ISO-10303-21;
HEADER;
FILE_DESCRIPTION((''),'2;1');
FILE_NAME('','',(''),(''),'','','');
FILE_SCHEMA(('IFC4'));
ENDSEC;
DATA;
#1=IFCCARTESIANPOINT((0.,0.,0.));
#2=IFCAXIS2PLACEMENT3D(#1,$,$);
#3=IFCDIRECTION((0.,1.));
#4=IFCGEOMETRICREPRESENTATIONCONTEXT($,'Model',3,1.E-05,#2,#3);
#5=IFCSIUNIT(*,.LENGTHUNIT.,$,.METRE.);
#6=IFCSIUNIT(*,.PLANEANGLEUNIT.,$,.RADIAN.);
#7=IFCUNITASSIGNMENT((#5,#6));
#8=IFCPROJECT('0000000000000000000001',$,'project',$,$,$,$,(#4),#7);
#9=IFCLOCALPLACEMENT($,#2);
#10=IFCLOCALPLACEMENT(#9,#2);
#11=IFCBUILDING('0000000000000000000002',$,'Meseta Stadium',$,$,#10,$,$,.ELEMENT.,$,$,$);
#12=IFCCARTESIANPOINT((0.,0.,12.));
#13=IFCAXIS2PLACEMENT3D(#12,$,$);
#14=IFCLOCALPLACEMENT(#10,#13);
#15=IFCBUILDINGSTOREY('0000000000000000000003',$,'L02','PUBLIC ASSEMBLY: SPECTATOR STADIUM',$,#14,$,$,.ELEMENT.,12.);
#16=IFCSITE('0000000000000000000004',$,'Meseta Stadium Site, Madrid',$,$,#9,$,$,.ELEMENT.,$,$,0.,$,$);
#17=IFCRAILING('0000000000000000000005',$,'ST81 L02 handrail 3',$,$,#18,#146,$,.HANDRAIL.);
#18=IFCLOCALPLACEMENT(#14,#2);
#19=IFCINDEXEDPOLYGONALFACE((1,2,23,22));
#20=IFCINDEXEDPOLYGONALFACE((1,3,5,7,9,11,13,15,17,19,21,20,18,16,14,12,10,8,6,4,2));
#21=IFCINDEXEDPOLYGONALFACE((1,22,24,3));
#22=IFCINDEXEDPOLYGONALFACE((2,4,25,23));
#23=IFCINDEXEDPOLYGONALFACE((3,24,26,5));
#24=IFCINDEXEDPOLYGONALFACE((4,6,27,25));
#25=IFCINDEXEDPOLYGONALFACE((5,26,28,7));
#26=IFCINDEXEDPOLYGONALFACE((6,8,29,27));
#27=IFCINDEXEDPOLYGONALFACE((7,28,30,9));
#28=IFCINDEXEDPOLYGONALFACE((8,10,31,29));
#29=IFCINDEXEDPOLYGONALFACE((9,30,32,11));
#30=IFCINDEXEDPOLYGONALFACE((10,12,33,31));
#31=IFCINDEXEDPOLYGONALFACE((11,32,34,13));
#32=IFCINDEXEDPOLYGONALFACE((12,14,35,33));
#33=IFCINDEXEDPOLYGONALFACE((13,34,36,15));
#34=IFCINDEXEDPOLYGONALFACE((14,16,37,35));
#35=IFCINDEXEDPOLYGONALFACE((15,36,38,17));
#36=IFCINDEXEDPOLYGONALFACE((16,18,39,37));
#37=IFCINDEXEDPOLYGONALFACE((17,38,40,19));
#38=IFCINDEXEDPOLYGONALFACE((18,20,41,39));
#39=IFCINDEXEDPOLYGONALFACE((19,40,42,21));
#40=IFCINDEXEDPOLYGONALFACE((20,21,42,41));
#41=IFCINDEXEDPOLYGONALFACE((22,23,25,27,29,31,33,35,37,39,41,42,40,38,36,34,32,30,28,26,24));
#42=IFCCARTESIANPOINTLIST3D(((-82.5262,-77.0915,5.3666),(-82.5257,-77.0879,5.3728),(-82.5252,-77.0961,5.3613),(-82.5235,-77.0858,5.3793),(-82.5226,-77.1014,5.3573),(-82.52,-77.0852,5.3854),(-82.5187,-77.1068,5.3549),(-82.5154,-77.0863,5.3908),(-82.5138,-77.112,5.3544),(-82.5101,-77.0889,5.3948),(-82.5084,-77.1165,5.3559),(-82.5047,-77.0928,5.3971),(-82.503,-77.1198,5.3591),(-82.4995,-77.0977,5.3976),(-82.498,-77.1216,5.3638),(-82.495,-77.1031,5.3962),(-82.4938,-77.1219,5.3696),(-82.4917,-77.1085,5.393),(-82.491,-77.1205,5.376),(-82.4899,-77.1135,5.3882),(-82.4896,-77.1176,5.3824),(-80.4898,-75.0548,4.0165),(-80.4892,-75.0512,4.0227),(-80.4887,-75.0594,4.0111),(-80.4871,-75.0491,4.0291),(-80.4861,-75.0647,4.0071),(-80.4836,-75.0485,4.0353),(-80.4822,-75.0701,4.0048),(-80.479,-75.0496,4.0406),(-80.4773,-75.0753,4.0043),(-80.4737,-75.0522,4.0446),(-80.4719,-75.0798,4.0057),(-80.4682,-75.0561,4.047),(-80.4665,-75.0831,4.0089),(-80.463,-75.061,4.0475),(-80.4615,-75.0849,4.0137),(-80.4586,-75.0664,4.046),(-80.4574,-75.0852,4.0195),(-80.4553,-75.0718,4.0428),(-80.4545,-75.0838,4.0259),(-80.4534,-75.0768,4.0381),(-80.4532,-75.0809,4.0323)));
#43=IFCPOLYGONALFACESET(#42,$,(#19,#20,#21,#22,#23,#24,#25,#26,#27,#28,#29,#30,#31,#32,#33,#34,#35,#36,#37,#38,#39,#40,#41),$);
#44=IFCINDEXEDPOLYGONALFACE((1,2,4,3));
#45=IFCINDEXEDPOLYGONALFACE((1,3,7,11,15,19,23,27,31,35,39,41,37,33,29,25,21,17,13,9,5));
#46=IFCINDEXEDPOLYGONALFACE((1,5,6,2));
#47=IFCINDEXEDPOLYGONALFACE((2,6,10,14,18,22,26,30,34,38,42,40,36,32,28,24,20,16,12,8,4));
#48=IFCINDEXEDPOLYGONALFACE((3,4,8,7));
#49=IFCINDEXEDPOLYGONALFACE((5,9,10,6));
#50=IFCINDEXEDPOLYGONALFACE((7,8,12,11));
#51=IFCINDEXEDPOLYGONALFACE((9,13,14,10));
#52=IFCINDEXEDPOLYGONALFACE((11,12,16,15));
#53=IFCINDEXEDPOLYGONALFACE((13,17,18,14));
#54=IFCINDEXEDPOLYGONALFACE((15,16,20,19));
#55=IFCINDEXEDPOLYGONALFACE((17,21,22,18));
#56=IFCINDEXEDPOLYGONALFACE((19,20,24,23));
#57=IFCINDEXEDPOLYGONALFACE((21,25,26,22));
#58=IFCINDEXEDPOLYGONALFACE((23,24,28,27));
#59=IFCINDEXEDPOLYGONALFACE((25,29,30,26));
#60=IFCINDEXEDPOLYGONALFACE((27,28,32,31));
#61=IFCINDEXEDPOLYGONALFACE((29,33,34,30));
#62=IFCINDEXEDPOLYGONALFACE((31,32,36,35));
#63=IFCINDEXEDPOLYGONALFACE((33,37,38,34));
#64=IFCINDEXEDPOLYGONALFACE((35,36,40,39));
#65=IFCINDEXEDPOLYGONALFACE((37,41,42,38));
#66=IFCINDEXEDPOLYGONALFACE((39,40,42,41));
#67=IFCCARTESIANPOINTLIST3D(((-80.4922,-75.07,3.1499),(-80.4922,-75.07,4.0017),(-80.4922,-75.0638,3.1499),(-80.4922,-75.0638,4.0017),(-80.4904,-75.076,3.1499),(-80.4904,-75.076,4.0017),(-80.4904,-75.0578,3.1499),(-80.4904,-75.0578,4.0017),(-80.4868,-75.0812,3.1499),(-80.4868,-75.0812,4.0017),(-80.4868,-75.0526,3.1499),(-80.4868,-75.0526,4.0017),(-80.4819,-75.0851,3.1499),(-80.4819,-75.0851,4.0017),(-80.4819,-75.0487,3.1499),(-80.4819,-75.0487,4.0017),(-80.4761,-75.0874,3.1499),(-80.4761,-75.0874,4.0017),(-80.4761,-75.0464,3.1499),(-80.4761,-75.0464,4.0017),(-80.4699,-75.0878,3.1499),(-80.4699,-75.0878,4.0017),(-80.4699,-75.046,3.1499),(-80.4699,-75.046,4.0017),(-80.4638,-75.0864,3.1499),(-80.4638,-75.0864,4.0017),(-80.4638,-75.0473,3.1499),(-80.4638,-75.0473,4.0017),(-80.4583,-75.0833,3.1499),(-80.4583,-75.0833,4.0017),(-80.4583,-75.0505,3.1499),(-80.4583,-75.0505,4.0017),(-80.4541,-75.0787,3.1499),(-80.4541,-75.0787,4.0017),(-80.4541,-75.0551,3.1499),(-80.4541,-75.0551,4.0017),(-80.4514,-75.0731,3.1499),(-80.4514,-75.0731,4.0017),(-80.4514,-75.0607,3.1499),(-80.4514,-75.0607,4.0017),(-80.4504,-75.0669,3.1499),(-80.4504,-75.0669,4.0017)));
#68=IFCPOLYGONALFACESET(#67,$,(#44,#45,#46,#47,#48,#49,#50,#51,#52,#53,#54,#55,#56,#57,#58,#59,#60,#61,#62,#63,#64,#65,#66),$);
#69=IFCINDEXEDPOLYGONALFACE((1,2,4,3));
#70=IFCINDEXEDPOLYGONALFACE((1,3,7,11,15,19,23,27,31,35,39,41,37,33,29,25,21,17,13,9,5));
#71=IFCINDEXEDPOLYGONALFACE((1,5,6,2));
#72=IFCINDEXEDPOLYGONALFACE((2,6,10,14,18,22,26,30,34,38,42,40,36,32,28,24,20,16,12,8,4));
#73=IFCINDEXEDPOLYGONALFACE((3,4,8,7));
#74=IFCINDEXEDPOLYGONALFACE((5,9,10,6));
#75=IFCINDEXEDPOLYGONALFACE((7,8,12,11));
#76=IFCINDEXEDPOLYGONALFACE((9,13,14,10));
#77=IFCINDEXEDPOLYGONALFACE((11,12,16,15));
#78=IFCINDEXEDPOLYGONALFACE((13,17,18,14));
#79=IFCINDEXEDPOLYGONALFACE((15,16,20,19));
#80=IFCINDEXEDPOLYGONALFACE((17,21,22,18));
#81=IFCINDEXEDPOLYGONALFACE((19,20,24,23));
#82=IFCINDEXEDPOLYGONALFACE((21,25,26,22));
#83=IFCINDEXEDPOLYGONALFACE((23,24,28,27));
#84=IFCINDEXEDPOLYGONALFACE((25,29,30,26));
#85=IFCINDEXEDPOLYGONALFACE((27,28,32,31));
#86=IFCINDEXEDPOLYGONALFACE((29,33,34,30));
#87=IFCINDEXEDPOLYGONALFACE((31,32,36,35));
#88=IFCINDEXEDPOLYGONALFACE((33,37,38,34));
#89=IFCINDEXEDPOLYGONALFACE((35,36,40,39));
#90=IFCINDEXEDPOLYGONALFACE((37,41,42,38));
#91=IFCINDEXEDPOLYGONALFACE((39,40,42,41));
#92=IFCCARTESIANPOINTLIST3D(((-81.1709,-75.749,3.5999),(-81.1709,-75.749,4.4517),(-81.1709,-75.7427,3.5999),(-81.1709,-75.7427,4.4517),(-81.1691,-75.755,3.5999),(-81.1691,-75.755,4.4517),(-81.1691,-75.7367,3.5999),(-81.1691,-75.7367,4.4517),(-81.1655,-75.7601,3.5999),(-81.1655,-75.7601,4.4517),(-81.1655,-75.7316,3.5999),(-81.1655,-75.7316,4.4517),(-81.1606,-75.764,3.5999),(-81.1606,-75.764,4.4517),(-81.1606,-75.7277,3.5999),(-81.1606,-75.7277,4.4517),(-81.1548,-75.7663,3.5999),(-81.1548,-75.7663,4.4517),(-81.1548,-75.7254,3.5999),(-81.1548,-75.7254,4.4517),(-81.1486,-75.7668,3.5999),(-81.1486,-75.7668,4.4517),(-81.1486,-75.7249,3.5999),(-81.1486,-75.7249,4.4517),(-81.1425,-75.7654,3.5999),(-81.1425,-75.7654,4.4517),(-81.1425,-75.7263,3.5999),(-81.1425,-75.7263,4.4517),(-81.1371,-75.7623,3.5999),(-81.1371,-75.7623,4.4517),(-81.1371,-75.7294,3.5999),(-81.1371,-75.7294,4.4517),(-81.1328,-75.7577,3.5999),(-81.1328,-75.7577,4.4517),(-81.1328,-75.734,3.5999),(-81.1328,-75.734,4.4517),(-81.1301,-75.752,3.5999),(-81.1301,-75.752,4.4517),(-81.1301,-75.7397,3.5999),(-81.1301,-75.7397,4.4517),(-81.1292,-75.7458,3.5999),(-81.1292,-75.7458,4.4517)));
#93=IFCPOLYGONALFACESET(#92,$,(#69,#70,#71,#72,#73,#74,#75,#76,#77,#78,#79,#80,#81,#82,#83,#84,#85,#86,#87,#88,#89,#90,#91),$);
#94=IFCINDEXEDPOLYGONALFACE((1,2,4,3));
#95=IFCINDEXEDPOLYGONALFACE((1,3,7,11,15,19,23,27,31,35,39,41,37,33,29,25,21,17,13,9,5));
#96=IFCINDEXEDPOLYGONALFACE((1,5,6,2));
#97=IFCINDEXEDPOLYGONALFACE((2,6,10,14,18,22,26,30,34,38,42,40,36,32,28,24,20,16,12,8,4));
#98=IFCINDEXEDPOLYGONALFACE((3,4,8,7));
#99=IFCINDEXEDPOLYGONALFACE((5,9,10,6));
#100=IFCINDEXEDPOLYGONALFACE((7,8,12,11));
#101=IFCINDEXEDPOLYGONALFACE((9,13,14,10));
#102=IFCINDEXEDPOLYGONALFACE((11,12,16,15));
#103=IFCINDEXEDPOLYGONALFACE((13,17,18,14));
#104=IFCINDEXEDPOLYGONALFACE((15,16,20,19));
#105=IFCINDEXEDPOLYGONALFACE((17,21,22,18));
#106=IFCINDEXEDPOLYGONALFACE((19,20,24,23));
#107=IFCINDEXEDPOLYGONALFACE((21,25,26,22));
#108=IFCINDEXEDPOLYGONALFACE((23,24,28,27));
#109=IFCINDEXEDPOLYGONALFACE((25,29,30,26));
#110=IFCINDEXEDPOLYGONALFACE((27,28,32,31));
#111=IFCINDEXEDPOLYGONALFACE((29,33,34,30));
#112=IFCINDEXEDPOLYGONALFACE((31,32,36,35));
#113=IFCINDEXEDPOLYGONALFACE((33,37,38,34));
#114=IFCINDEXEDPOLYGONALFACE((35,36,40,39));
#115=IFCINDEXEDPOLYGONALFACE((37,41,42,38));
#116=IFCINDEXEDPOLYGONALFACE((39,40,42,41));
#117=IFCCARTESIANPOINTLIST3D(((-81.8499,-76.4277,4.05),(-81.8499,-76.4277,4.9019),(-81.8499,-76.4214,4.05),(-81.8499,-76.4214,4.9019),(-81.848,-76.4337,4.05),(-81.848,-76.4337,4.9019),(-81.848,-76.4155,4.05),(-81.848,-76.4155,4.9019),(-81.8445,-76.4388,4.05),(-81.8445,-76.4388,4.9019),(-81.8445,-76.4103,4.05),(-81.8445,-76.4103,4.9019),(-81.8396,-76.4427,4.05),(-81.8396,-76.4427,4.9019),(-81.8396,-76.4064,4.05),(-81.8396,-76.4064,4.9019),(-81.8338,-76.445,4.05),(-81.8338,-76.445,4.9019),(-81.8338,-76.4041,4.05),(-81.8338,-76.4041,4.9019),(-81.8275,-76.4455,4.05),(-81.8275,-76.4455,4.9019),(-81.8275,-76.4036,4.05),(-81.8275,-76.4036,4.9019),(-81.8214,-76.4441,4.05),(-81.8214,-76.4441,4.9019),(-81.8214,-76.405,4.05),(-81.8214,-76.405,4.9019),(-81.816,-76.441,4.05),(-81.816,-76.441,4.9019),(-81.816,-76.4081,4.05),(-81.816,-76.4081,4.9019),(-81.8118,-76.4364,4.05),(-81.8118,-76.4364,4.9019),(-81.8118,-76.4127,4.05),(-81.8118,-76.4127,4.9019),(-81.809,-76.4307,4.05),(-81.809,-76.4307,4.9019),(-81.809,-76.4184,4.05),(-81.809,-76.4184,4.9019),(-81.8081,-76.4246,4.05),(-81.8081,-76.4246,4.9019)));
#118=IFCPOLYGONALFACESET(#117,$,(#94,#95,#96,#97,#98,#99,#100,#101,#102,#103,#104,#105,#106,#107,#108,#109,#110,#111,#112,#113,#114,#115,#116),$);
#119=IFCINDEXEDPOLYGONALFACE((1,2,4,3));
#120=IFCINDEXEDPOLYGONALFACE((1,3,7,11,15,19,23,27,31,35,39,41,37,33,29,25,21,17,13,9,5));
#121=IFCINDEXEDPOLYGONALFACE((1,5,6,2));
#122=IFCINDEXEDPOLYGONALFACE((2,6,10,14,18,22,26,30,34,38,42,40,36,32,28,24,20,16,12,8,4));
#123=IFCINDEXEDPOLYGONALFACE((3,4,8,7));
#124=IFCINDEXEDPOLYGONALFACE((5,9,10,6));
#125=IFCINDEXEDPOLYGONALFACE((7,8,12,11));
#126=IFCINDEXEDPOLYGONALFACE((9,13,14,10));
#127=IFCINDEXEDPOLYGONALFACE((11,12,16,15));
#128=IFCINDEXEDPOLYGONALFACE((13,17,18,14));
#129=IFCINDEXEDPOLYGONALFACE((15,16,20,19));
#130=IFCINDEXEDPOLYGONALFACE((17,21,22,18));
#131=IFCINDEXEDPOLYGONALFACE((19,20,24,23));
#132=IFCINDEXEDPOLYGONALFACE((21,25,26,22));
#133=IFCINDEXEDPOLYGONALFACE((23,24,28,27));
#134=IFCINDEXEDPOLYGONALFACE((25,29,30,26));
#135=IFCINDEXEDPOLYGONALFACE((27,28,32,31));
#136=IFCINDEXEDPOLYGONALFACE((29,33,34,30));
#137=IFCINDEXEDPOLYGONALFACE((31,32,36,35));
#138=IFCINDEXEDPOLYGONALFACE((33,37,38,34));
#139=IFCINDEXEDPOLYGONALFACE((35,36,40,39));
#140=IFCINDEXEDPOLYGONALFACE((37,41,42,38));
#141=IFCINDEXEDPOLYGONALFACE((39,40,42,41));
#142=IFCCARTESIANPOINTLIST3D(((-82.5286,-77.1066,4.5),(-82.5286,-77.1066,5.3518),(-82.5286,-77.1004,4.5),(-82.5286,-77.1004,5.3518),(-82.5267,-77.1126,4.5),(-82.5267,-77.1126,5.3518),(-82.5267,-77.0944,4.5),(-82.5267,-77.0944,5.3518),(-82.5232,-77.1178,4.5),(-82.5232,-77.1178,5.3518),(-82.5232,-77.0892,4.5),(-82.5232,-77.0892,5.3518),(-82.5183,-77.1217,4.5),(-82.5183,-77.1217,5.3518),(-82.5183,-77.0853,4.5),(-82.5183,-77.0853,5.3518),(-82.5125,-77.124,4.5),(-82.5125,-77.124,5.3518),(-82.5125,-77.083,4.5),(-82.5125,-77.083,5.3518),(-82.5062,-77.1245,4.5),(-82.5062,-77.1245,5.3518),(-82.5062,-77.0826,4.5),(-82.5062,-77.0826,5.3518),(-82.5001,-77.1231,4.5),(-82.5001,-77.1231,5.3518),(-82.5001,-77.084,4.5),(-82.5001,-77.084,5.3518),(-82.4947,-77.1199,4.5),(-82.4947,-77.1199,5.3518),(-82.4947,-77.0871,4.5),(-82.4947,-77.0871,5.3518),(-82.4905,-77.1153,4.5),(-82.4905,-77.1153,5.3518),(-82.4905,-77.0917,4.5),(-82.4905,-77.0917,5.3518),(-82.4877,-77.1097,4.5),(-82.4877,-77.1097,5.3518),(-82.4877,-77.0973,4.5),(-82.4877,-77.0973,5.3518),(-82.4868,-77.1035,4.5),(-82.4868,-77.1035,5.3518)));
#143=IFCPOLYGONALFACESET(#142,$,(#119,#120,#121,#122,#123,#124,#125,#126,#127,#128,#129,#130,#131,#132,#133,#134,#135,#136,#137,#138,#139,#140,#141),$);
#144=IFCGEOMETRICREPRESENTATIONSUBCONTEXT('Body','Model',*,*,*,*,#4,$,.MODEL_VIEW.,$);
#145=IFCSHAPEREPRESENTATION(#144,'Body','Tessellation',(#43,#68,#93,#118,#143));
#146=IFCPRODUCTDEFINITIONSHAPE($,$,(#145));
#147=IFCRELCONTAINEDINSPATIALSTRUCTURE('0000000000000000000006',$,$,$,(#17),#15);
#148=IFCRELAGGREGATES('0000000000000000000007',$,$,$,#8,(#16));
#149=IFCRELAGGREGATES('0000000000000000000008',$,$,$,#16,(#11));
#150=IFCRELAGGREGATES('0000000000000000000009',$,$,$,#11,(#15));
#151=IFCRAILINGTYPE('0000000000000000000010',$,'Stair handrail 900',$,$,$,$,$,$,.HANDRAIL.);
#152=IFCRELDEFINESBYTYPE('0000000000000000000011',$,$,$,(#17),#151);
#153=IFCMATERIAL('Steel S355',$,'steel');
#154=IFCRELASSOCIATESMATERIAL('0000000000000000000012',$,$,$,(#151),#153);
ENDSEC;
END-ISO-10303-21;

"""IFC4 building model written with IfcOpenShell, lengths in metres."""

from ifc_helpers import new_model, si_unit, direction, frame, origin, origin_2d, place, context, subcontext, project, spatial, circle, extrude, material, type_object, element, save


model = new_model("IFC4")

# Units and contexts
model_context = context("Model", 3, precision=1e-05, world=origin(), true_north=direction((0.0, 1.0)))
body_context = subcontext(model_context, "Body", "Model", "MODEL_VIEW")
ifc_project = project(units=[si_unit("LENGTHUNIT", "METRE"), si_unit("PLANEANGLEUNIT", "RADIAN")], contexts=[model_context])

# Site, building, storey
site_placement = place(None, origin())
site = spatial("IfcSite", under=ifc_project, at=site_placement, Name="Meseta Stadium Site, Madrid", CompositionType="ELEMENT", RefElevation=0.0)
building_placement = place(site_placement, origin())
building = spatial("IfcBuilding", under=site, at=building_placement, Name="Meseta Stadium", CompositionType="ELEMENT")
storey_placement = place(building_placement, frame((0.0, 0.0, 12.0)))
storey = spatial("IfcBuildingStorey", under=building, at=storey_placement, Name="L02", Description="PUBLIC ASSEMBLY: SPECTATOR STADIUM", CompositionType="ELEMENT", Elevation=12.0)

# Railing
ifc_material_1 = material(Name="Steel S355", Category="steel")
railing_type_1 = type_object("IfcRailingType", Name="Stair handrail 900", PredefinedType="HANDRAIL", material=ifc_material_1)
railing_1_placement = place(storey_placement, frame((-80.4714, -75.0669, 3.1499)))
element("IfcRailing", 1, at=railing_1_placement, inside=storey, type_object=railing_type_1, Name="ST81 L02 handrail 3", PredefinedType="HANDRAIL", context=body_context, shape_type="SweptSolid", body=[
    extrude(circle(Radius=0.0239, at=origin_2d()), frame((0.0, 0.0, 0.876), z_axis=(-0.640211, -0.640288, 0.424454), x_axis=(0.707149, -0.707064, 0.0)), (0.0, 0.0, 1.0), 3.1809),
    extrude(circle(Radius=0.021, at=origin_2d()), origin(), (0.0, 0.0, 1.0), 0.8518),
    extrude(circle(Radius=0.021, at=origin_2d()), frame((-0.6787, -0.679, 0.45)), (0.0, 0.0, 1.0), 0.8518),
    extrude(circle(Radius=0.021, at=origin_2d()), frame((-1.3577, -1.3577, 0.9001)), (0.0, 0.0, 1.0), 0.8518),
    extrude(circle(Radius=0.021, at=origin_2d()), frame((-2.0364, -2.0366, 1.3501)), (0.0, 0.0, 1.0), 0.8518),
])

save(model, "model.ifc")
